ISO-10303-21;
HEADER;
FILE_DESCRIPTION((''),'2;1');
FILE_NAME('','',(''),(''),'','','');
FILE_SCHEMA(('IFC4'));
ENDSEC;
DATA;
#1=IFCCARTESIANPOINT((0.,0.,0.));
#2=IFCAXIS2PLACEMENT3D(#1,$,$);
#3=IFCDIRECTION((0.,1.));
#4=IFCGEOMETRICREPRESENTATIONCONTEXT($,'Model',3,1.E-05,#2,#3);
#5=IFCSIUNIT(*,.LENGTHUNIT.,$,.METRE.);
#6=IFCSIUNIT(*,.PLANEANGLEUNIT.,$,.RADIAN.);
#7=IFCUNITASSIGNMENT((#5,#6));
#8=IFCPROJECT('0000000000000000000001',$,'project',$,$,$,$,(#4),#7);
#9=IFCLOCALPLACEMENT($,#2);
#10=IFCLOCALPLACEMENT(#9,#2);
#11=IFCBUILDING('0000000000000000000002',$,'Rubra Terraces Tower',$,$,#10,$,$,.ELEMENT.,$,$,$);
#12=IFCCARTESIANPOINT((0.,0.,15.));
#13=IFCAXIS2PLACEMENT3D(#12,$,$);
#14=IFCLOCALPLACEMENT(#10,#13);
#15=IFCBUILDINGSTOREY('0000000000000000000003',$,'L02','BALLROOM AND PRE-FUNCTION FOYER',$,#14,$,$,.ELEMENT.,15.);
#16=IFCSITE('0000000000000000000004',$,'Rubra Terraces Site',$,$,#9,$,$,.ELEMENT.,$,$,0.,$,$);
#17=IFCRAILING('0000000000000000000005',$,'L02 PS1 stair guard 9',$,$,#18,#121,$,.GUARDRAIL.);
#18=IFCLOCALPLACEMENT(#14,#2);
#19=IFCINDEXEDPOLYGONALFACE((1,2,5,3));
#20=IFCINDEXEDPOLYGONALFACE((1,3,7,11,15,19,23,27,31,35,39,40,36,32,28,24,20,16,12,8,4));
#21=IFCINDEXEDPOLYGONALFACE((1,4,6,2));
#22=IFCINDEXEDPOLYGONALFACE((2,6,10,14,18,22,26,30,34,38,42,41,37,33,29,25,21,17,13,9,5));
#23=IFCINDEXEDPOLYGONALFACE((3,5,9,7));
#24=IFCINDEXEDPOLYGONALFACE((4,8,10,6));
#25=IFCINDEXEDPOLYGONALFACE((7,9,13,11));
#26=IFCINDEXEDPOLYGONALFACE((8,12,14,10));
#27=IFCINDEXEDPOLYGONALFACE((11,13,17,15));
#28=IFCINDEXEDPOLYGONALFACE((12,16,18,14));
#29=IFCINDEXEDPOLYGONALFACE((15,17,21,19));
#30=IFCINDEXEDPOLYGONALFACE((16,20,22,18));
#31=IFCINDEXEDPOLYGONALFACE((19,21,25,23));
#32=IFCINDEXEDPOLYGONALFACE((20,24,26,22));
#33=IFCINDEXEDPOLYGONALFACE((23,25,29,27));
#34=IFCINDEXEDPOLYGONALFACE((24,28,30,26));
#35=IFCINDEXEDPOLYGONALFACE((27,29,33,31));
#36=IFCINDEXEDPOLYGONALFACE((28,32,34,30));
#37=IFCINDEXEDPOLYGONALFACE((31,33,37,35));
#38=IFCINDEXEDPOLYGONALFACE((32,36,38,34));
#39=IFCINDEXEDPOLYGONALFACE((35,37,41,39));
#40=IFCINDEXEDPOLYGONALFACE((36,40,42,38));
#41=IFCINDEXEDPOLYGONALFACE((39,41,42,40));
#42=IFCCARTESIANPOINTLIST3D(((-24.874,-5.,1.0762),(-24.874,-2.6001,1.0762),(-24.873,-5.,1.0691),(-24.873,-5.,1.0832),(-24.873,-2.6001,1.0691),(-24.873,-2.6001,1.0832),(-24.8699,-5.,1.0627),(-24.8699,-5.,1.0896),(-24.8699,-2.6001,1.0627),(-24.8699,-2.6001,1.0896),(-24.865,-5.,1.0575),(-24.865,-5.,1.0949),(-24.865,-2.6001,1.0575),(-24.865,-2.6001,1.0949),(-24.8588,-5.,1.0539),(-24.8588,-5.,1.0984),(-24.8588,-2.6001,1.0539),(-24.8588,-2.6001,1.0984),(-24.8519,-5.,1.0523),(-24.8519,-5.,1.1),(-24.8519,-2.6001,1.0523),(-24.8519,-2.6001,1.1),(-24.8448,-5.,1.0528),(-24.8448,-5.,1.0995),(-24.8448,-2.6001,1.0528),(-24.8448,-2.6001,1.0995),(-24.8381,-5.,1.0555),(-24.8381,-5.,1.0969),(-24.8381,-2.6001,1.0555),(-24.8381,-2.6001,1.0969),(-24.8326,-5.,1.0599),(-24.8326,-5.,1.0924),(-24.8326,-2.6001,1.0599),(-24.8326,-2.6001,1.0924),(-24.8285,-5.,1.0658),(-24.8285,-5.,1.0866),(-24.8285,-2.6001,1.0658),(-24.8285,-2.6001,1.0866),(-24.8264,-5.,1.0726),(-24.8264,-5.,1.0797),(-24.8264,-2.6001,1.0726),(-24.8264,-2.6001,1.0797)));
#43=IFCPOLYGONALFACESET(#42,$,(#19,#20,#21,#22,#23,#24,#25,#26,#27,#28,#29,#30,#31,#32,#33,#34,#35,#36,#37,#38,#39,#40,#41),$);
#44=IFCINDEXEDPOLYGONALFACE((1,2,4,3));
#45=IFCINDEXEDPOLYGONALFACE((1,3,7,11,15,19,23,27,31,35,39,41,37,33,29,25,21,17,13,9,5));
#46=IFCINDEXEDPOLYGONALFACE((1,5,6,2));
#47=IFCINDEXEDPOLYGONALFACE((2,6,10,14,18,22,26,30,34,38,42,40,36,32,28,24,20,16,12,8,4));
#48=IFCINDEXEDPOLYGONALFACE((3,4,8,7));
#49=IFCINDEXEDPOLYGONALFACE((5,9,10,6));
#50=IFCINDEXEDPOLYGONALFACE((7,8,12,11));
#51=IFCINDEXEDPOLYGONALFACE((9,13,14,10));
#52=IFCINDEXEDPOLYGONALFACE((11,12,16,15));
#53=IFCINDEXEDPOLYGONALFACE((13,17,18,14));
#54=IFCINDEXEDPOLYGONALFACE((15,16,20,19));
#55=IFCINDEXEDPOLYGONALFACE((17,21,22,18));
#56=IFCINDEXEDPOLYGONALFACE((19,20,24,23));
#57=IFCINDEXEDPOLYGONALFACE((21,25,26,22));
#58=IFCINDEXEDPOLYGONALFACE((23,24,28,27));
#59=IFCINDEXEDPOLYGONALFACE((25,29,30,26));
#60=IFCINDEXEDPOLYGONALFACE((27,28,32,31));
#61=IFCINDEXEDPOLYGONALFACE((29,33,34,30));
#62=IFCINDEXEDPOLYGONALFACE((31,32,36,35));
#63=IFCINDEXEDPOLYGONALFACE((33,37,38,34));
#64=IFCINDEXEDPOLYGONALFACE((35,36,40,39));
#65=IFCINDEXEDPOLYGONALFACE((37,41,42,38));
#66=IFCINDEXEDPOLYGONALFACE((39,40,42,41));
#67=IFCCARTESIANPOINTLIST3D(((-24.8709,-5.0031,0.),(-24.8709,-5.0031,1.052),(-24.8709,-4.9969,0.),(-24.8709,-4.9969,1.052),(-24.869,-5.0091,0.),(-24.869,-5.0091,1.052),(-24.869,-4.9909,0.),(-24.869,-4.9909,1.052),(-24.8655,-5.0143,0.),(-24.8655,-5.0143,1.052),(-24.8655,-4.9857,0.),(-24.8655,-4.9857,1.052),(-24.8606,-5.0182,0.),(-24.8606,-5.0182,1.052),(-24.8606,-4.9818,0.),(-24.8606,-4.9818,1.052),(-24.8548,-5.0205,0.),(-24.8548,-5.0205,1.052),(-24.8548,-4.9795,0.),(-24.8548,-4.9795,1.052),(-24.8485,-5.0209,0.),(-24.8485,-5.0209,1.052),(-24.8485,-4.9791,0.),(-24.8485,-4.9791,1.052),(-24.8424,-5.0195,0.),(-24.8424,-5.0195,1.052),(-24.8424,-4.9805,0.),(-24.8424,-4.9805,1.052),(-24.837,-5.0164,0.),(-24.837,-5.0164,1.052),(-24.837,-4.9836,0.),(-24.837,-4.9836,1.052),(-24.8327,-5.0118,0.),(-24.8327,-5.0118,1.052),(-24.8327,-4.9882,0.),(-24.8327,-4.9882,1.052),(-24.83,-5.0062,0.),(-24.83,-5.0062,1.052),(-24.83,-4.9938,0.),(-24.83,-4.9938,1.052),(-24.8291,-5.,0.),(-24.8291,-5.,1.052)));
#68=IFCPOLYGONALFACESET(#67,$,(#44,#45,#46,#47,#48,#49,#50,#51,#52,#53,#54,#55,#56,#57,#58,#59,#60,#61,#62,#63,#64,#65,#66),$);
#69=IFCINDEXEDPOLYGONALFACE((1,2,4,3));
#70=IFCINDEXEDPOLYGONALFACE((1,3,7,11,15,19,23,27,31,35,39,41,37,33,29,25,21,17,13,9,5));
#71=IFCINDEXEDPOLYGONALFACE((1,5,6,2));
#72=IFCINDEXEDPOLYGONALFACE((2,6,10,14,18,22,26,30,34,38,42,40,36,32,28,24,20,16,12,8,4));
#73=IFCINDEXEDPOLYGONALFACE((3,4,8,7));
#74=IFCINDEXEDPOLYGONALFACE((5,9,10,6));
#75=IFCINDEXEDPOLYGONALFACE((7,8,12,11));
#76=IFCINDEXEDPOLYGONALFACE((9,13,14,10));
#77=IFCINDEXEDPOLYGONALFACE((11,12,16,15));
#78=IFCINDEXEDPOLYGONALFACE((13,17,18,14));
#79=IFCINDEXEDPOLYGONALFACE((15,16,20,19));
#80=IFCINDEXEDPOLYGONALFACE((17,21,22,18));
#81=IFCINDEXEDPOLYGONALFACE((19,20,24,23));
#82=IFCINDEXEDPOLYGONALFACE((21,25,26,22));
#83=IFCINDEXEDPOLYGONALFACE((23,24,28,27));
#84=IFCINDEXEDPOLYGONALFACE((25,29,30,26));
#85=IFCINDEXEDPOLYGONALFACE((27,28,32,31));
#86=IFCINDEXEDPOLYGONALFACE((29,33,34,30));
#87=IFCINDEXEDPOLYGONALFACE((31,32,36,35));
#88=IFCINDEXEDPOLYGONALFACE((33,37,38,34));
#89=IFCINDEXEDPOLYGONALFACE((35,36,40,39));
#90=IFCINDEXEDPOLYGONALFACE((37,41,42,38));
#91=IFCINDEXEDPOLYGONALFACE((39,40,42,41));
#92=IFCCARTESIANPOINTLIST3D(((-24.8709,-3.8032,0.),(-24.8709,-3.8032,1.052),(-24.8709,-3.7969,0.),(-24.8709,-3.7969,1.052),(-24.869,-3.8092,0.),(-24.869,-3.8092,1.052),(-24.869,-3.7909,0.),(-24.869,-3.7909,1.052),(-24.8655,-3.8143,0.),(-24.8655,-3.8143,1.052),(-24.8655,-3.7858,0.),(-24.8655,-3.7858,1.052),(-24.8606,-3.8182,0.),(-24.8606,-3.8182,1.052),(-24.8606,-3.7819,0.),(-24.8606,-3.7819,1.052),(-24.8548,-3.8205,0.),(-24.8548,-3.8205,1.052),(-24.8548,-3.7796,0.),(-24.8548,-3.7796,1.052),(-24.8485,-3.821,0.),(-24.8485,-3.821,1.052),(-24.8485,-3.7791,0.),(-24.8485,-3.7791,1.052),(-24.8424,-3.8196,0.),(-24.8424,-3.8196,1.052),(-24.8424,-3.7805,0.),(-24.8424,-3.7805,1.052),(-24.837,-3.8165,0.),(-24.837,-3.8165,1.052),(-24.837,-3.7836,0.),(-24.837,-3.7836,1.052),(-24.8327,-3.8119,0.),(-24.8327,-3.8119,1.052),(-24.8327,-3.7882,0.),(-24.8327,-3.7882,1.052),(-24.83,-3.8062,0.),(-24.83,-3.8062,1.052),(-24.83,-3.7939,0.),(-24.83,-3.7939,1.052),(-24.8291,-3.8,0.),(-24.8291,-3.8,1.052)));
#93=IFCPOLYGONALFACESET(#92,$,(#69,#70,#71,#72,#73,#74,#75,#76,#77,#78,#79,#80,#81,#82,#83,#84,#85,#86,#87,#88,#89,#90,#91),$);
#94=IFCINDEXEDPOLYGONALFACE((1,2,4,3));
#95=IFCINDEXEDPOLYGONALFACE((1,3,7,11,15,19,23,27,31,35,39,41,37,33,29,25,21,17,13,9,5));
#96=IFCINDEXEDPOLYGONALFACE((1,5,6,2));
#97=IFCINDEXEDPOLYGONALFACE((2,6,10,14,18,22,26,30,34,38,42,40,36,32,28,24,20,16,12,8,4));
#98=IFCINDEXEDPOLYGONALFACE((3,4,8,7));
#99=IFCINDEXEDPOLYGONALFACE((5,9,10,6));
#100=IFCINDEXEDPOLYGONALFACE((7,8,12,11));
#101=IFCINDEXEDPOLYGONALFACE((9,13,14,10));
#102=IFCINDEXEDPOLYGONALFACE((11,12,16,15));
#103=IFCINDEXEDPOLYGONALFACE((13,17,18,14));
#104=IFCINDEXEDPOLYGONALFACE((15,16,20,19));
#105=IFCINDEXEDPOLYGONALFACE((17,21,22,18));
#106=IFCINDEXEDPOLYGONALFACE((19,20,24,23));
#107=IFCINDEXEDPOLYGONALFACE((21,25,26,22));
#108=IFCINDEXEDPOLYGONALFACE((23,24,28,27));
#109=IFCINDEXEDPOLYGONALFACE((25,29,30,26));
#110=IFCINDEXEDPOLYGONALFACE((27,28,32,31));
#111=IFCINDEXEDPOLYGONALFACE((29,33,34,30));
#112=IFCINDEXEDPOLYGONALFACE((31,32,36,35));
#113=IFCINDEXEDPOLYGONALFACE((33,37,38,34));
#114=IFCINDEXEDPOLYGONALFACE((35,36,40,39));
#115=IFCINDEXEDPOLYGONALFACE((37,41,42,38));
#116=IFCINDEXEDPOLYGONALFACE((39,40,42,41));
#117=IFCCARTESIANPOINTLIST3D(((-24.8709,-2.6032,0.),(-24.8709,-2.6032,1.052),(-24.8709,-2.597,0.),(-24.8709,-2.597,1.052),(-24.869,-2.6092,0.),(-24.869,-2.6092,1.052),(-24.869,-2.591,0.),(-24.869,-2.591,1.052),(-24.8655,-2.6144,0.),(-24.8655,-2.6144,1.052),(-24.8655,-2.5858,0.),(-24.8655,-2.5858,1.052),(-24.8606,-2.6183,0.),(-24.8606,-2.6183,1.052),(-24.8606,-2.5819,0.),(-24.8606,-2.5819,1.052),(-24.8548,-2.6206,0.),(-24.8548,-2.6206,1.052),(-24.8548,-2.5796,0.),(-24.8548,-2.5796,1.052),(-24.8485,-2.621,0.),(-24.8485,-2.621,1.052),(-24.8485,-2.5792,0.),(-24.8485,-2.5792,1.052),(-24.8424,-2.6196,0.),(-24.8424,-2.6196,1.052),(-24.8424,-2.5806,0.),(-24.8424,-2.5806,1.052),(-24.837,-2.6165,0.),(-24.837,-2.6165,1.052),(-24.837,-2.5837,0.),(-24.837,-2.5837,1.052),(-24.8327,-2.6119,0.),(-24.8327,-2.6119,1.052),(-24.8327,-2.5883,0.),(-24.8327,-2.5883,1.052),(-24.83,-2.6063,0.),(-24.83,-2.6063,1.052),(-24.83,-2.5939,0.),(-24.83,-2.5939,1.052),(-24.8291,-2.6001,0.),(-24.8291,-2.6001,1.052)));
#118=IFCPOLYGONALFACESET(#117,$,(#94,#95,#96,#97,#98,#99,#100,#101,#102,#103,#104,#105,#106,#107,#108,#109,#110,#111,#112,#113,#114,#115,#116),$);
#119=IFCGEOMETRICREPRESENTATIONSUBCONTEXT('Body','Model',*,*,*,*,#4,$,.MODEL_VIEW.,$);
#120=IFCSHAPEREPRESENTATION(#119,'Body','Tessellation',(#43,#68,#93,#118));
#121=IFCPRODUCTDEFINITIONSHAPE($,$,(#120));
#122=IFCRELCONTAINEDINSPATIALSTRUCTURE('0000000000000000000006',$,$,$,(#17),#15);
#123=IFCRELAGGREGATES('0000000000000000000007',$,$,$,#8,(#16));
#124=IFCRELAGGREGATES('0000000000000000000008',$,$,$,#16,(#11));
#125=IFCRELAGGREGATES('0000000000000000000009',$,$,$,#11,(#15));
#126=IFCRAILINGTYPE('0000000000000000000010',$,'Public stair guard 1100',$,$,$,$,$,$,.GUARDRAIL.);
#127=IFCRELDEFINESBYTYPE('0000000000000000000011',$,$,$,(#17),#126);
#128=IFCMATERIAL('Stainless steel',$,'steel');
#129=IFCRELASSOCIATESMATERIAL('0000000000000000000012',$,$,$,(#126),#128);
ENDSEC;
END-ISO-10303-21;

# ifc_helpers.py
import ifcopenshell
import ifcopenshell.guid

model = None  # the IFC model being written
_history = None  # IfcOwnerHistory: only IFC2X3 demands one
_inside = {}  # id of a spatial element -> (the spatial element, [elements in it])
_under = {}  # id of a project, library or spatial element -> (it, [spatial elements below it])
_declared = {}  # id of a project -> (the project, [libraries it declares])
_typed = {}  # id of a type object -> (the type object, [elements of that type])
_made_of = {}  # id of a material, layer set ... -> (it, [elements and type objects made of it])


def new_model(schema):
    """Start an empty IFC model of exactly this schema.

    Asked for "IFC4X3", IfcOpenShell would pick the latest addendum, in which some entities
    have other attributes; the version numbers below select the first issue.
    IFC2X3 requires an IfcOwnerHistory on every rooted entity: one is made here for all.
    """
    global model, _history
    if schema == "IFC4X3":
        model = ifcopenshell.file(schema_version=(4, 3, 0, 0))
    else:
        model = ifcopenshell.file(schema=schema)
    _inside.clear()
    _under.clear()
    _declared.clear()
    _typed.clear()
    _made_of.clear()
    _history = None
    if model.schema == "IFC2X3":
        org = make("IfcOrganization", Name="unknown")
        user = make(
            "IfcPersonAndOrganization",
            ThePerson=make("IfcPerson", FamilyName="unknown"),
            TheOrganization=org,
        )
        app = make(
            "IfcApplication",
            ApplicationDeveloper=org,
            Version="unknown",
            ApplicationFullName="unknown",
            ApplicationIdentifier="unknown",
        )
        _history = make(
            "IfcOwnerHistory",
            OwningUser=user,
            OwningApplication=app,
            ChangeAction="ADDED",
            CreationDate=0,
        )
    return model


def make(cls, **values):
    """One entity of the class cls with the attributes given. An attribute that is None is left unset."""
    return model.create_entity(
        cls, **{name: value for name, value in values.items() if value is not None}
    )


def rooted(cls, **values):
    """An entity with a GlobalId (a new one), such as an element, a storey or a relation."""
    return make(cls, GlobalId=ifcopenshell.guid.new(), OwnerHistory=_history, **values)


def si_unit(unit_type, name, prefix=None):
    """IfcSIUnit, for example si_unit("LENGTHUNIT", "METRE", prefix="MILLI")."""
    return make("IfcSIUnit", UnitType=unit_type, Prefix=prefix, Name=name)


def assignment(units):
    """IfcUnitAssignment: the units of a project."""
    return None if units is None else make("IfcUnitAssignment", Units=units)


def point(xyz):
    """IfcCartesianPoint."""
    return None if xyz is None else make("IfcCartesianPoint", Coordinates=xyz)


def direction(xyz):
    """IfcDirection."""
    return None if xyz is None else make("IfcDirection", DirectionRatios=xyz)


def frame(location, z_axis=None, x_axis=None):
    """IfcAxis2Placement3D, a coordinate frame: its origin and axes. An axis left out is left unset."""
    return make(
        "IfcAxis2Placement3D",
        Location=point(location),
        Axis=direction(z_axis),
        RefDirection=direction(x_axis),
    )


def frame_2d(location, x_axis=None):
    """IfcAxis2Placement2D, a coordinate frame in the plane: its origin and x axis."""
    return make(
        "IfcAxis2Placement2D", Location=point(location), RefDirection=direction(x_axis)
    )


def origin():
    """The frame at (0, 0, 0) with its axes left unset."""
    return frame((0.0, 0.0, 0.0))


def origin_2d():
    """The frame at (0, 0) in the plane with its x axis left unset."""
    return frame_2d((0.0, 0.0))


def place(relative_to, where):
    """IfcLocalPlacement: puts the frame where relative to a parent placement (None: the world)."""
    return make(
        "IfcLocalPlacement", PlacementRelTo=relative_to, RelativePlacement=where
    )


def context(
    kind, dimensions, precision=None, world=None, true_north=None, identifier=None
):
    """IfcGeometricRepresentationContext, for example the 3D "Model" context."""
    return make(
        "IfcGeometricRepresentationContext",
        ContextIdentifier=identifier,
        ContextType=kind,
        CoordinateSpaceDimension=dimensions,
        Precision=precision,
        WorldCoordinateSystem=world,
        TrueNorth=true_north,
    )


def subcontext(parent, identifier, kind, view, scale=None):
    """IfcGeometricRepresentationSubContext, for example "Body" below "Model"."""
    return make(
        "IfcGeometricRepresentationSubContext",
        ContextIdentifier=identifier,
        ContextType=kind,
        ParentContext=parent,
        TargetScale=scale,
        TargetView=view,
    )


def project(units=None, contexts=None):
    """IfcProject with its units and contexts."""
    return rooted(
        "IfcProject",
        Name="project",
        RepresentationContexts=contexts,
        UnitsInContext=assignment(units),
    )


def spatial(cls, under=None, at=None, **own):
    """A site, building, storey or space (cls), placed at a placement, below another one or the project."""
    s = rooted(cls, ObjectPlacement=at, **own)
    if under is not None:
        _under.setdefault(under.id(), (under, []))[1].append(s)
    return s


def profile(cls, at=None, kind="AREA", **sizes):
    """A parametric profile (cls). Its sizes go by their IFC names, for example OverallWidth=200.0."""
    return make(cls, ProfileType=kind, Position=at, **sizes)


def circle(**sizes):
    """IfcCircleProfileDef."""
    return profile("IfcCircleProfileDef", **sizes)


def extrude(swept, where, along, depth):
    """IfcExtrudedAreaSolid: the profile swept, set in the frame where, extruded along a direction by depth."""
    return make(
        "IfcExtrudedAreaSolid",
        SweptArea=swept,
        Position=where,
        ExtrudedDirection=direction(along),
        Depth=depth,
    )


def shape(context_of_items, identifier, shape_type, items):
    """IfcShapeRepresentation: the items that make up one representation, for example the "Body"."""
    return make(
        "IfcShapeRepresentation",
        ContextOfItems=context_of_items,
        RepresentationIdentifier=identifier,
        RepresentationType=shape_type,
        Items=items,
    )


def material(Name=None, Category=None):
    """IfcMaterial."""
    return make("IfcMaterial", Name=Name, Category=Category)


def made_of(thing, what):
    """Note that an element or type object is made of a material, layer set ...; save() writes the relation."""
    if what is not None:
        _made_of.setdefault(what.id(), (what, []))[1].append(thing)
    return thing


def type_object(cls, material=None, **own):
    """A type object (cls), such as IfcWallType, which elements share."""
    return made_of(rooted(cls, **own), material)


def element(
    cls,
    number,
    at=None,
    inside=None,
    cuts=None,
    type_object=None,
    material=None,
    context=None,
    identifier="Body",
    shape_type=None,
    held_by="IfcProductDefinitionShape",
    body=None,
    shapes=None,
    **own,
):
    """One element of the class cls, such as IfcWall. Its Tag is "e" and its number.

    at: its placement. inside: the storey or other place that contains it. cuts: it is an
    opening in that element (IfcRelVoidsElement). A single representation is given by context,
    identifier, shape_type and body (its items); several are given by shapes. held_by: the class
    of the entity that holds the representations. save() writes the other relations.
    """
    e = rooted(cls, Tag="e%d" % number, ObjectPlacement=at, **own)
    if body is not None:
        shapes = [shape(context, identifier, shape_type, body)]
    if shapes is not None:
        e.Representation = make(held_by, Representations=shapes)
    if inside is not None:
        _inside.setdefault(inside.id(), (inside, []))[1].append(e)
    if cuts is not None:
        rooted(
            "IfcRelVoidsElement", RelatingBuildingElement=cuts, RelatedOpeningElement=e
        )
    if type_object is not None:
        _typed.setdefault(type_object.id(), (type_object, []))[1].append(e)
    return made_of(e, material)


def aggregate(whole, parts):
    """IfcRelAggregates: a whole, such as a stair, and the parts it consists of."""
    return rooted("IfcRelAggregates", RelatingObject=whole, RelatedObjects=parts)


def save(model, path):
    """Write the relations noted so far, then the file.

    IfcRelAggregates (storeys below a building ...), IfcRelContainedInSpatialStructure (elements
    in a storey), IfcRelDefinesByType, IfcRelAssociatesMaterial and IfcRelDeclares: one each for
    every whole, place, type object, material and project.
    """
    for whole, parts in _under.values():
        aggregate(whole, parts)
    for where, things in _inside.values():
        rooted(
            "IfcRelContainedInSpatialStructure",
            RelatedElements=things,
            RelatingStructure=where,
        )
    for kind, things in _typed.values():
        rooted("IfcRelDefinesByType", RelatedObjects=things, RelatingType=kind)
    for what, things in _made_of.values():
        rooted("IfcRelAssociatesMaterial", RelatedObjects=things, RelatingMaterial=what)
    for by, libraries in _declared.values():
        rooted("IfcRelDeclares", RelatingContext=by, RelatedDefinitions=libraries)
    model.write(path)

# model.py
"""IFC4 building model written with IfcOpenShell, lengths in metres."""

from ifc_helpers import new_model, si_unit, direction, frame, origin, origin_2d, place, context, subcontext, project, spatial, circle, extrude, material, type_object, element, save


model = new_model("IFC4")

# Units and contexts
model_context = context("Model", 3, precision=1e-05, world=origin(), true_north=direction((0.0, 1.0)))
body_context = subcontext(model_context, "Body", "Model", "MODEL_VIEW")
ifc_project = project(units=[si_unit("LENGTHUNIT", "METRE"), si_unit("PLANEANGLEUNIT", "RADIAN")], contexts=[model_context])

# Site, building, storey
site_placement = place(None, origin())
site = spatial("IfcSite", under=ifc_project, at=site_placement, Name="Rubra Terraces Site", CompositionType="ELEMENT", RefElevation=0.0)
building_placement = place(site_placement, origin())
building = spatial("IfcBuilding", under=site, at=building_placement, Name="Rubra Terraces Tower", CompositionType="ELEMENT")
storey_placement = place(building_placement, frame((0.0, 0.0, 15.0)))
storey = spatial("IfcBuildingStorey", under=building, at=storey_placement, Name="L02", Description="BALLROOM AND PRE-FUNCTION FOYER", CompositionType="ELEMENT", Elevation=15.0)

# Railing
ifc_material_1 = material(Name="Stainless steel", Category="steel")
railing_type = type_object("IfcRailingType", Name="Public stair guard 1100", PredefinedType="GUARDRAIL", material=ifc_material_1)
railing_placement = place(storey_placement, frame((-24.8501, -5.0, 0.0)))
element("IfcRailing", 1, at=railing_placement, inside=storey, type_object=railing_type, Name="L02 PS1 stair guard 9", PredefinedType="GUARDRAIL", context=body_context, shape_type="SweptSolid", body=[
    extrude(circle(Radius=0.0239, at=origin_2d()), frame((0.0, 0.0, 1.0762), z_axis=(0.0, 1.0, 0.0), x_axis=(-1.0, 0.0, 0.0)), (0.0, 0.0, 1.0), 2.3999),
    extrude(circle(Radius=0.021, at=origin_2d()), origin(), (0.0, 0.0, 1.0), 1.052),
    extrude(circle(Radius=0.021, at=origin_2d()), frame((0.0, 1.2, 0.0)), (0.0, 0.0, 1.0), 1.052),
    extrude(circle(Radius=0.021, at=origin_2d()), frame((0.0, 2.3999, 0.0)), (0.0, 0.0, 1.0), 1.052),
])

save(model, "model.ifc")
